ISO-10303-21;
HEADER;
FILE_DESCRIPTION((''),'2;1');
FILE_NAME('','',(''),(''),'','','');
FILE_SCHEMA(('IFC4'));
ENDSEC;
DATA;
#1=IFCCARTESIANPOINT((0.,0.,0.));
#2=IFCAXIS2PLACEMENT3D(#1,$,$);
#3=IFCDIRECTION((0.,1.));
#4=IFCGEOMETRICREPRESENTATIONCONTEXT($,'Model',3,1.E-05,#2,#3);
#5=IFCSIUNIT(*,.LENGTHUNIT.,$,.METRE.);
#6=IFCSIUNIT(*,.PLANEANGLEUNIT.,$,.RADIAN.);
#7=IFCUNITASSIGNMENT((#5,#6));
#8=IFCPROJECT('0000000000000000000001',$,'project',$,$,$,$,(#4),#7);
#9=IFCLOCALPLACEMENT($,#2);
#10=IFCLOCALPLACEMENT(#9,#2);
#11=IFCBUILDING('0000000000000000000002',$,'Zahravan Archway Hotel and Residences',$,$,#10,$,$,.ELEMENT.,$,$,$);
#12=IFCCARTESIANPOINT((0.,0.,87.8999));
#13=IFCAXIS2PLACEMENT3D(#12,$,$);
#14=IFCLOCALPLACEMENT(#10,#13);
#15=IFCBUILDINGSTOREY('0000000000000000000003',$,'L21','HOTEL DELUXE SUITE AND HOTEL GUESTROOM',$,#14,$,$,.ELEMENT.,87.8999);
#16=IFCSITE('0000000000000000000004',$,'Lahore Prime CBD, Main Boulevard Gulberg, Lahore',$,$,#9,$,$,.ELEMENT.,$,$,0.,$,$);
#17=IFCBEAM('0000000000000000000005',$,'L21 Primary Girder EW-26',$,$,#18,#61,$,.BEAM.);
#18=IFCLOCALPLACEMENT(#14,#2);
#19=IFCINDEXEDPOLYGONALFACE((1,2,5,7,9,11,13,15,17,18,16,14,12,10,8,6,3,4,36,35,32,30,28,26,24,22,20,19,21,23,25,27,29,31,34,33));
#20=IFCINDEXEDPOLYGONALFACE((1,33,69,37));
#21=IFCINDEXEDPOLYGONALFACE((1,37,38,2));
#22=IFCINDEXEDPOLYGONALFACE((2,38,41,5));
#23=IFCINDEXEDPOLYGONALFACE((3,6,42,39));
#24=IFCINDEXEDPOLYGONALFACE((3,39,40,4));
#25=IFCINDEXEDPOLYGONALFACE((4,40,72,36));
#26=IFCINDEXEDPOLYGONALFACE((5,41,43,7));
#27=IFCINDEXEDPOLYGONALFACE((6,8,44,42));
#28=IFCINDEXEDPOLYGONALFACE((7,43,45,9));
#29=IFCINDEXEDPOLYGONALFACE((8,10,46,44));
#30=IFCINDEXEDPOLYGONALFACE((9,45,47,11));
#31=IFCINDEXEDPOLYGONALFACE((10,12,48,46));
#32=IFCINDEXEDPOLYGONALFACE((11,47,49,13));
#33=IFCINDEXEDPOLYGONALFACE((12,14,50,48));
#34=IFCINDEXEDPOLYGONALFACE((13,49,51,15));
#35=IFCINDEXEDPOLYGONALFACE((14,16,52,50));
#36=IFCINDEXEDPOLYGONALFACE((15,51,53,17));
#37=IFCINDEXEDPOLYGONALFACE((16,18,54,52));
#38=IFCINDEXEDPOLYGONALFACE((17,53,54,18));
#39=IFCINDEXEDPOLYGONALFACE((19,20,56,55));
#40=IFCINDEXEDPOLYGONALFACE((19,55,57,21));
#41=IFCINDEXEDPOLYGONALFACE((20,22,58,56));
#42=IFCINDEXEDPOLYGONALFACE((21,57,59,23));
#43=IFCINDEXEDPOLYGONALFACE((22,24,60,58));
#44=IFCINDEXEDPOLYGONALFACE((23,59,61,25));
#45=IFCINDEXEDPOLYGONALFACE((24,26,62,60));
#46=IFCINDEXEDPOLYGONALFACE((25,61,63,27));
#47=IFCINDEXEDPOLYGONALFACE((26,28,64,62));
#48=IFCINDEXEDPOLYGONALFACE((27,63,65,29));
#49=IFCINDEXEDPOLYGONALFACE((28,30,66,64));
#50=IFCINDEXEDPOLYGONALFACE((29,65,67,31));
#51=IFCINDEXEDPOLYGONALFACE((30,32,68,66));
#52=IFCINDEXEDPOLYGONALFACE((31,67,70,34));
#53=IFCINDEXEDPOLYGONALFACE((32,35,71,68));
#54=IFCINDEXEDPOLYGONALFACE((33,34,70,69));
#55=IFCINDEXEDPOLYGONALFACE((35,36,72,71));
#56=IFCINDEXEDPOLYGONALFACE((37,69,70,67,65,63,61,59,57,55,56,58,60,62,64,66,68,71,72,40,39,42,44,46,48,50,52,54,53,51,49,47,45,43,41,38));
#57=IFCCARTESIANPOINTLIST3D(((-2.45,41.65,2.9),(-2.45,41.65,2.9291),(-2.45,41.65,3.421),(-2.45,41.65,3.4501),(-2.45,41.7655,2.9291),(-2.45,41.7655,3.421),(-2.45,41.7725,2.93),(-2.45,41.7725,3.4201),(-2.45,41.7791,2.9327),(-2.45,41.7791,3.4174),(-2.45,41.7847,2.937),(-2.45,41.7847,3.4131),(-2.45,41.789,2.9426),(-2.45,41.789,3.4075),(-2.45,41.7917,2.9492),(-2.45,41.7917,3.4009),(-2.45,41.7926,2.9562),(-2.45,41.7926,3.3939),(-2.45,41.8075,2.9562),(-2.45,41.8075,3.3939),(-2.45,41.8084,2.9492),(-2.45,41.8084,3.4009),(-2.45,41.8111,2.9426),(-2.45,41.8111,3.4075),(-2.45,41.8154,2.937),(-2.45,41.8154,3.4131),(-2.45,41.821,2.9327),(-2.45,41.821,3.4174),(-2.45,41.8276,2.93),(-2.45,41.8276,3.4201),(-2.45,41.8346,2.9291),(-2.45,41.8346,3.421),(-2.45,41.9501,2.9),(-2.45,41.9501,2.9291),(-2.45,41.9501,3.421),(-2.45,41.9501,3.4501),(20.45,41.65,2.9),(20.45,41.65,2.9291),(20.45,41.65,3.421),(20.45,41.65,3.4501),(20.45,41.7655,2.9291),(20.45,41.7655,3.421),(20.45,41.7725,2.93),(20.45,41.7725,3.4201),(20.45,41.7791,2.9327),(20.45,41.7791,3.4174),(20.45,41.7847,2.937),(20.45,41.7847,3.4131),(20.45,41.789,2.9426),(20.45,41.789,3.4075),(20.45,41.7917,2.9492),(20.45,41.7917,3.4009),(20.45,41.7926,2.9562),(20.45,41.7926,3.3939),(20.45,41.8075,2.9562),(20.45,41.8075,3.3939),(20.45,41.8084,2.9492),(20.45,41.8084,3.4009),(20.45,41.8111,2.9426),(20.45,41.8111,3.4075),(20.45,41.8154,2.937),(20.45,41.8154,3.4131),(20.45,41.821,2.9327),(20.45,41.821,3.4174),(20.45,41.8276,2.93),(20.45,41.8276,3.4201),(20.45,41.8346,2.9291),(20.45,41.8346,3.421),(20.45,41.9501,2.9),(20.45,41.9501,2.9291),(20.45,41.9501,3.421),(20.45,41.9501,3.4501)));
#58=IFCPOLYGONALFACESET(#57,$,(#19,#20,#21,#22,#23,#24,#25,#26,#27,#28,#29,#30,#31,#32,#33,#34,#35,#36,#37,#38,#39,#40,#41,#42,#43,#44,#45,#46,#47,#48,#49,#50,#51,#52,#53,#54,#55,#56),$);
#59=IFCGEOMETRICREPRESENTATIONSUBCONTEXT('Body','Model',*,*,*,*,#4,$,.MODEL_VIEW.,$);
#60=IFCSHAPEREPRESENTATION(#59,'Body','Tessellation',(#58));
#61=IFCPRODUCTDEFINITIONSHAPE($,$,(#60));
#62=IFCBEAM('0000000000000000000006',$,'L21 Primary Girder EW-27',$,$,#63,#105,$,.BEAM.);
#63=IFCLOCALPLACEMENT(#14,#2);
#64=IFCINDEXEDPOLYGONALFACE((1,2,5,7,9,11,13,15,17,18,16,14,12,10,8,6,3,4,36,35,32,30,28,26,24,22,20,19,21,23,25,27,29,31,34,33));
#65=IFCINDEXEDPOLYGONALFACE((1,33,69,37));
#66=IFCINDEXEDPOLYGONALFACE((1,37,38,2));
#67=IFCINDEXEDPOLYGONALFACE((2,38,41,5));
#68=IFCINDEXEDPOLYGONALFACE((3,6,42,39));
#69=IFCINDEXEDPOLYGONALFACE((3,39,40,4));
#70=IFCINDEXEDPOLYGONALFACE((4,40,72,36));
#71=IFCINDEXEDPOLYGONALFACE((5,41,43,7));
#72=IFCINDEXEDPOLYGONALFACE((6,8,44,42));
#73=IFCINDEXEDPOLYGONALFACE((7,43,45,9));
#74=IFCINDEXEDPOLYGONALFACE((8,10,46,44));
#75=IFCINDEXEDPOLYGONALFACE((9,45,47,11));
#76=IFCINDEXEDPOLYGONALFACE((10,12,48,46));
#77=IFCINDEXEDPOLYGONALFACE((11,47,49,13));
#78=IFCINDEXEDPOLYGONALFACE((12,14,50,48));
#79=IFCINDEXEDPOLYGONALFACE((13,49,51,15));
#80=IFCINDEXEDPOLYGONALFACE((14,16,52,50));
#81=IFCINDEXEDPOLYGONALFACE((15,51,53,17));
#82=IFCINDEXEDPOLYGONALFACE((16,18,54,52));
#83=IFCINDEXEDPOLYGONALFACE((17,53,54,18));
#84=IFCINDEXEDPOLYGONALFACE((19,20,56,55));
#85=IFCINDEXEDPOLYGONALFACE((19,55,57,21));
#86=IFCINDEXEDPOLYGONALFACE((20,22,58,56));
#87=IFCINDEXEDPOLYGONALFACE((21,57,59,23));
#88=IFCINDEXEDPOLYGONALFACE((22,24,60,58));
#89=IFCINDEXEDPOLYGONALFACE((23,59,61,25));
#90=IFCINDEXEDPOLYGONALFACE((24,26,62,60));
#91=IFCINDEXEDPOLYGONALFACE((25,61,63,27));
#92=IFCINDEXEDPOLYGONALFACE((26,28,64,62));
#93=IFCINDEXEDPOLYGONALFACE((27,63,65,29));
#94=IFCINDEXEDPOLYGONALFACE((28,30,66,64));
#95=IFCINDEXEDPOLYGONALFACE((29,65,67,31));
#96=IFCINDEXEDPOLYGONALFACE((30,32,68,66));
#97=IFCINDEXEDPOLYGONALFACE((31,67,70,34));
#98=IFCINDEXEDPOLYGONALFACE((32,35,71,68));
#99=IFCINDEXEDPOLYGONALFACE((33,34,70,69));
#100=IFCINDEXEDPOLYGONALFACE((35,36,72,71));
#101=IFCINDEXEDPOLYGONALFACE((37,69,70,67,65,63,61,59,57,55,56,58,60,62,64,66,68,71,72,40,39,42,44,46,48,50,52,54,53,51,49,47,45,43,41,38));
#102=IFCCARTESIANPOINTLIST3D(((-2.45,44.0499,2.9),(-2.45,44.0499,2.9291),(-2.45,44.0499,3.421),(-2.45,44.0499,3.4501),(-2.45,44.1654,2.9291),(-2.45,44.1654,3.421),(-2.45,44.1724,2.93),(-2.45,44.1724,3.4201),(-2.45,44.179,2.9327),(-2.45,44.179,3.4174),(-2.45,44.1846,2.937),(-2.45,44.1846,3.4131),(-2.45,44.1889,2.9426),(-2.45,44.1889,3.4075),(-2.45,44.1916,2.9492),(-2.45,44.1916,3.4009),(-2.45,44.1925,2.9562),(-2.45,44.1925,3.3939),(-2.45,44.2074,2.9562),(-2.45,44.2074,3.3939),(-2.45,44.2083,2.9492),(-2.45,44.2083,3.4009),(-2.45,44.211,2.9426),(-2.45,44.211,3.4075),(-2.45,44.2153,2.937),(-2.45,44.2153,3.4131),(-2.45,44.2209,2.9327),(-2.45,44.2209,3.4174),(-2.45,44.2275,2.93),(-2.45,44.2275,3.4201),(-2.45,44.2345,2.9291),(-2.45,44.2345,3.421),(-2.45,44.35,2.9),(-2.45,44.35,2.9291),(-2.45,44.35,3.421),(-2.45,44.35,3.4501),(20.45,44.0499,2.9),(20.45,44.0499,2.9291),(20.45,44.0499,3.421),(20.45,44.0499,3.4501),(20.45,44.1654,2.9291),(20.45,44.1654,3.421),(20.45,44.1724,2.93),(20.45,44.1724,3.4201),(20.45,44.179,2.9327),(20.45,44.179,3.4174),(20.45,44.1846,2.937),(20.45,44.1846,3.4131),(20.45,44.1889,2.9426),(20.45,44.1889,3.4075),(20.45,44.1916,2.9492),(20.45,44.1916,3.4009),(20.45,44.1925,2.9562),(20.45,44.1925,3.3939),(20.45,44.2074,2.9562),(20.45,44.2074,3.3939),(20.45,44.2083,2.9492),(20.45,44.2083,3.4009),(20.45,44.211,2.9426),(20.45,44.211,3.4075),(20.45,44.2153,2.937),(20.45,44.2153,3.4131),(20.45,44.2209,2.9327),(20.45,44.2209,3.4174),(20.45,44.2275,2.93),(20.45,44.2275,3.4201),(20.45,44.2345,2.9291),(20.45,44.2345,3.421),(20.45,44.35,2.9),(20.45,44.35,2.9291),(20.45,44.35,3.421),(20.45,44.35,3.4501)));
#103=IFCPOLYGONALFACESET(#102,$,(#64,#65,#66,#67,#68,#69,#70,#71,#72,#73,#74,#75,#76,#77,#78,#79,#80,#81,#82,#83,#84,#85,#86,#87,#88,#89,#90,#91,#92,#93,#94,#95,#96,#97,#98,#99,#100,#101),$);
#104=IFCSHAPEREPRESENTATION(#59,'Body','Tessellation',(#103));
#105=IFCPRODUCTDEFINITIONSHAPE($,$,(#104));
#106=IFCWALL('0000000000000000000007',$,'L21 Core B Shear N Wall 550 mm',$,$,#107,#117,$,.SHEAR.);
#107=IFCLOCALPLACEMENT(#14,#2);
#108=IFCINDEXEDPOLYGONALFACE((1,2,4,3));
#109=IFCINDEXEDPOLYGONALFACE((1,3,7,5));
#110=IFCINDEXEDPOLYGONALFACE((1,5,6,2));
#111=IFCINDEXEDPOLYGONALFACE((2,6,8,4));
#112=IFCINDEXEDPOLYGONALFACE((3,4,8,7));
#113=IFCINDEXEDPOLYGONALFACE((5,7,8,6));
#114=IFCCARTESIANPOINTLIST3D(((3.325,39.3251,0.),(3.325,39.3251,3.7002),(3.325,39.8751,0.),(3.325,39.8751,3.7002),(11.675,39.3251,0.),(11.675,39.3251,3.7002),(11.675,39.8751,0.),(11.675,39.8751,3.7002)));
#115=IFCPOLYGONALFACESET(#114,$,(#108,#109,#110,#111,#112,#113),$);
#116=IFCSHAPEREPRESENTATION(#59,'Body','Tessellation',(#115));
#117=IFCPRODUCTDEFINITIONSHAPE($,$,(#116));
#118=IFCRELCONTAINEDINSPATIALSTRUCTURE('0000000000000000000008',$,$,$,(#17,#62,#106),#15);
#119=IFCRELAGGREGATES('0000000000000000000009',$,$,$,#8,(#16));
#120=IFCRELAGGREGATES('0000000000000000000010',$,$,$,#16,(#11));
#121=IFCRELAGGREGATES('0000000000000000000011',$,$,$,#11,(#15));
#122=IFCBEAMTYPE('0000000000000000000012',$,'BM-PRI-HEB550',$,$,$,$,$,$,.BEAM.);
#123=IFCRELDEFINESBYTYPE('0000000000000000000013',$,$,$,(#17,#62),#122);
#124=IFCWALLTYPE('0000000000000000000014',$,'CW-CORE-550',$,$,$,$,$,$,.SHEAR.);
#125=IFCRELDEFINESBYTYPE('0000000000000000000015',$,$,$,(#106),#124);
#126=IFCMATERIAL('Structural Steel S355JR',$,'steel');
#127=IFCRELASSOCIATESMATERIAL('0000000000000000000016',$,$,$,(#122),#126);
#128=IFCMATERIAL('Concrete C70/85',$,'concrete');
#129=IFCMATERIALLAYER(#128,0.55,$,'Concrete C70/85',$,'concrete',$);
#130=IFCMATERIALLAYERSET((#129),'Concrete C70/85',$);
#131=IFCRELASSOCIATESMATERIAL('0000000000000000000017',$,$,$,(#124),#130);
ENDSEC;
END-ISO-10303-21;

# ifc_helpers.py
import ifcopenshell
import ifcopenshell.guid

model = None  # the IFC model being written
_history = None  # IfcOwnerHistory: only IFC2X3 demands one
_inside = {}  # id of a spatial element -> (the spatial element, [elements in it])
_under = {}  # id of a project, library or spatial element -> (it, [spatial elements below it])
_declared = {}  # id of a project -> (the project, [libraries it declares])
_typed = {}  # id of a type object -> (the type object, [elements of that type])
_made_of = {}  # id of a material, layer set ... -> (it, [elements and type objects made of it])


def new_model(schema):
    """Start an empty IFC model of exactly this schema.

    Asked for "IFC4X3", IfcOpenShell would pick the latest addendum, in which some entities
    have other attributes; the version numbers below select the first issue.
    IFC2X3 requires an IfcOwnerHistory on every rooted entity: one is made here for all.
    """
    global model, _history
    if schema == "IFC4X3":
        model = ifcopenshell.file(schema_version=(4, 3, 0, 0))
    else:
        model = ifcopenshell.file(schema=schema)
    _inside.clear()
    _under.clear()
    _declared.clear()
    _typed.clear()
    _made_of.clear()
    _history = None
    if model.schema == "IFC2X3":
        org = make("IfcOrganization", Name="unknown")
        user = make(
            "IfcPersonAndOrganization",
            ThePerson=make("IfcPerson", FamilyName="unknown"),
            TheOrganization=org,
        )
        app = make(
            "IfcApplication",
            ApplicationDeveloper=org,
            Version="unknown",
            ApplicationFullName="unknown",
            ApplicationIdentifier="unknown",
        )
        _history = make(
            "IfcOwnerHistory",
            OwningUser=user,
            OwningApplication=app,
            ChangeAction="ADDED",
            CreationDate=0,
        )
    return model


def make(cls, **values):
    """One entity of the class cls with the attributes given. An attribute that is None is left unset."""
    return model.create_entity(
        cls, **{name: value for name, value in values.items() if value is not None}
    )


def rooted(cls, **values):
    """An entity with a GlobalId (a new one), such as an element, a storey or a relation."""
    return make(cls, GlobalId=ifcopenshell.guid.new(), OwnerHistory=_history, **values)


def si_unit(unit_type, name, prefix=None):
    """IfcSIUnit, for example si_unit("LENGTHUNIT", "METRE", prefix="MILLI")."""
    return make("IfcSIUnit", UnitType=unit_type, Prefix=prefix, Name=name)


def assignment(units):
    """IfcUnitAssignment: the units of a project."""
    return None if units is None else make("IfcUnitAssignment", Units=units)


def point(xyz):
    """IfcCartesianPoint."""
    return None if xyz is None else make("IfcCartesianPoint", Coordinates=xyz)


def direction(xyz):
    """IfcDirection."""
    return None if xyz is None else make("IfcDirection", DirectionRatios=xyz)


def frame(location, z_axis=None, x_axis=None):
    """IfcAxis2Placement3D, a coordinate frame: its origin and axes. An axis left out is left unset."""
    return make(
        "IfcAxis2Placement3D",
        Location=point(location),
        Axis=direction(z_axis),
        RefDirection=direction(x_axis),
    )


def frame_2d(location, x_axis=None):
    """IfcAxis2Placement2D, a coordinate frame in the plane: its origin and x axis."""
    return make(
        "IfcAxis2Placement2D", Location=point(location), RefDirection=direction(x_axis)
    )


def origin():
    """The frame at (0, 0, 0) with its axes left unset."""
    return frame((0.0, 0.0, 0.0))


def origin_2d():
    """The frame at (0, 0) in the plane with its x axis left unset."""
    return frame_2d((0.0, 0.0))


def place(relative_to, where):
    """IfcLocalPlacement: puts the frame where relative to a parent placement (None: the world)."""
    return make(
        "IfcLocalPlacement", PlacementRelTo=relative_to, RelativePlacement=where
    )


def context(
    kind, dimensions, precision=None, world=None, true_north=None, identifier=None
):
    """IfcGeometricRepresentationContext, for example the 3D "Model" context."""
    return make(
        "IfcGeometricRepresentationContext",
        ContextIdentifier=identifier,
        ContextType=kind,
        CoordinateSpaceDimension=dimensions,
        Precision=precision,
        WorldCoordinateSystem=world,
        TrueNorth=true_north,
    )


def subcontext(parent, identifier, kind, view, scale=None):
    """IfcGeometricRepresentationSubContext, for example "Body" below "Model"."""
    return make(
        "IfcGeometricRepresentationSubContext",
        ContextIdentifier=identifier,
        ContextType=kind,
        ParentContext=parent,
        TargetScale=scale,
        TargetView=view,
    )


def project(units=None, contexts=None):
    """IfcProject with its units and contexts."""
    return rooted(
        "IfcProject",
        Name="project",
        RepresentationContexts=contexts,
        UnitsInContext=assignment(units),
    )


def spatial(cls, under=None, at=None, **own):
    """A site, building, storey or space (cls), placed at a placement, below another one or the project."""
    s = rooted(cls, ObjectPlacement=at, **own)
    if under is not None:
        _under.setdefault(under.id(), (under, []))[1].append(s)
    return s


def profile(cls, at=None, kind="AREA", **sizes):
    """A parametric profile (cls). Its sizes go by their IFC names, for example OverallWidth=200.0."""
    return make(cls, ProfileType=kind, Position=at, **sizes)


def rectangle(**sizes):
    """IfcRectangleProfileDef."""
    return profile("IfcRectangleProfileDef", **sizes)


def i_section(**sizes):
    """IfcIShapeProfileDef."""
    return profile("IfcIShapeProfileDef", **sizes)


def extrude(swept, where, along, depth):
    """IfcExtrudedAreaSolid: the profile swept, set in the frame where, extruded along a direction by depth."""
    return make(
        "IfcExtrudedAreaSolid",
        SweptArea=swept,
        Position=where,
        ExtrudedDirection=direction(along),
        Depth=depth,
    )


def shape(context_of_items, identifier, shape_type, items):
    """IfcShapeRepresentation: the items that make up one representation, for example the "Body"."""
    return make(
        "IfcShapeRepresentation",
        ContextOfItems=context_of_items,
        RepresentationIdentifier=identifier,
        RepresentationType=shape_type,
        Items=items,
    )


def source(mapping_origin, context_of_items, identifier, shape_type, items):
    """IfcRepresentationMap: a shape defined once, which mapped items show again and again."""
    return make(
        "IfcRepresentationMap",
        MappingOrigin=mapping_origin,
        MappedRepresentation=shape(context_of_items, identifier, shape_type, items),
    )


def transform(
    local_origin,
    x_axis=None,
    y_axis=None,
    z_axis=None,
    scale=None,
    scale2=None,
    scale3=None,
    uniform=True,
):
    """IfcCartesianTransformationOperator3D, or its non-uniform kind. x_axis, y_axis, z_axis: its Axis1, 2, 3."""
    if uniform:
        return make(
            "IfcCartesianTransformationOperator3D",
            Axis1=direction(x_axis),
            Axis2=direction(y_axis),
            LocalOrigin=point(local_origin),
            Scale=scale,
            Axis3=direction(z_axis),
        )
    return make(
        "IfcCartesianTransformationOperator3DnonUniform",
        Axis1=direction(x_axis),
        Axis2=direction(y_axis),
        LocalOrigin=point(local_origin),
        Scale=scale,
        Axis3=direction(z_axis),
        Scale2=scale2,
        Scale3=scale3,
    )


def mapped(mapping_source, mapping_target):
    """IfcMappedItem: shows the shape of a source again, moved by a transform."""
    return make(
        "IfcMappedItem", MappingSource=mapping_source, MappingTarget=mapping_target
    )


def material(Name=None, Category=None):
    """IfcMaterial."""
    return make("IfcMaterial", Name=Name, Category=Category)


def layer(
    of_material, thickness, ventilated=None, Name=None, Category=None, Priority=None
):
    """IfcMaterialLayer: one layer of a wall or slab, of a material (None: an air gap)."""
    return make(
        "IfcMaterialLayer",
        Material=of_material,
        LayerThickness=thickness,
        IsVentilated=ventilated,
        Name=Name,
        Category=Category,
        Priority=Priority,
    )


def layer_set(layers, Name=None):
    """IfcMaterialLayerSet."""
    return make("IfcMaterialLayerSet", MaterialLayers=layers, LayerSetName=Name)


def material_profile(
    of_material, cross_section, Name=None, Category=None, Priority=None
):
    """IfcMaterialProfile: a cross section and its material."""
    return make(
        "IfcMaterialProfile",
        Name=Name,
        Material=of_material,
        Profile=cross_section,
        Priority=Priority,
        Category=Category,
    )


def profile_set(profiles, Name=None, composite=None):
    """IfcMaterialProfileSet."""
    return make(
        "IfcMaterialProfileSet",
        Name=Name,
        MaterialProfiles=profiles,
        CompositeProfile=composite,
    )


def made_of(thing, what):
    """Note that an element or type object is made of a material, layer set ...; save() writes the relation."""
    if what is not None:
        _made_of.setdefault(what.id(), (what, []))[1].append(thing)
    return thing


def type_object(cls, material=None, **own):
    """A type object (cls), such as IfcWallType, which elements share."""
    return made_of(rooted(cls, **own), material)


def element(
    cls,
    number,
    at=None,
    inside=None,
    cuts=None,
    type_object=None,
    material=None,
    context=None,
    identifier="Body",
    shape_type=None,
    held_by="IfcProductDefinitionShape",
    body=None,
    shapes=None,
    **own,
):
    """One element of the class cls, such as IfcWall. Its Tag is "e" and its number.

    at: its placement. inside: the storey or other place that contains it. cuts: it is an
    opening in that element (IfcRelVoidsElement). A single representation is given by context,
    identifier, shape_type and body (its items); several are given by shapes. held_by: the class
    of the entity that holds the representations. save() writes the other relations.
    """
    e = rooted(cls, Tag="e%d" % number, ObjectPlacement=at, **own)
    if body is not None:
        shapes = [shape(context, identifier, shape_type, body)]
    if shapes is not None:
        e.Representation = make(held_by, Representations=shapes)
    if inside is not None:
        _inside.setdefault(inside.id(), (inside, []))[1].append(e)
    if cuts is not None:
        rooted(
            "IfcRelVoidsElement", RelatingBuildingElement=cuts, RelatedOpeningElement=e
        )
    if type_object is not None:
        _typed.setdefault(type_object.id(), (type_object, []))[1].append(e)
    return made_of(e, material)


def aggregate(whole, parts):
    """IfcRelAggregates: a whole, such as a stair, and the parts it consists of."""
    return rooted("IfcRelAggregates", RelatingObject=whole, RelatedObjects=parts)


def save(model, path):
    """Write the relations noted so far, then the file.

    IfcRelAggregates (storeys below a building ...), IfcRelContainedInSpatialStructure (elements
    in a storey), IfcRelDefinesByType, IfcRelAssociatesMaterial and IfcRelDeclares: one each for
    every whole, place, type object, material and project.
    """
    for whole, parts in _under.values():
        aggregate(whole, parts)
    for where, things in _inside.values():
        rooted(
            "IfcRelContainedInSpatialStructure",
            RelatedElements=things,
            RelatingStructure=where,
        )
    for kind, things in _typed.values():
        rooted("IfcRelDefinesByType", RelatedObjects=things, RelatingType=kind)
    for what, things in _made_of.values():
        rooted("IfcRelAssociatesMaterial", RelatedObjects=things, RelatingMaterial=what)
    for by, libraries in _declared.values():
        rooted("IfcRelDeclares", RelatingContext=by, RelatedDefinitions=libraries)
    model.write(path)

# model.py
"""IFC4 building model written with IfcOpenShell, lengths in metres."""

from ifc_helpers import new_model, si_unit, direction, frame, frame_2d, origin, origin_2d, place, context, subcontext, project, spatial, rectangle, i_section, extrude, source, transform, mapped, material, layer, layer_set, material_profile, profile_set, type_object, element, save


model = new_model("IFC4")

# Units and contexts
model_context = context("Model", 3, precision=1e-05, world=origin(), true_north=direction((0.0, 1.0)))
body_context = subcontext(model_context, "Body", "Model", "MODEL_VIEW")
ifc_project = project(units=[si_unit("LENGTHUNIT", "METRE"), si_unit("PLANEANGLEUNIT", "RADIAN")], contexts=[model_context])

# Site, building, storey
site_placement = place(None, origin())
site = spatial("IfcSite", under=ifc_project, at=site_placement, Name="Lahore Prime CBD, Main Boulevard Gulberg, Lahore", CompositionType="ELEMENT", RefElevation=0.0)
building_placement = place(site_placement, origin())
building = spatial("IfcBuilding", under=site, at=building_placement, Name="Zahravan Archway Hotel and Residences", CompositionType="ELEMENT")
storey_placement = place(building_placement, frame((0.0, 0.0, 87.8999)))
storey = spatial("IfcBuildingStorey", under=building, at=storey_placement, Name="L21", Description="HOTEL DELUXE SUITE AND HOTEL GUESTROOM", CompositionType="ELEMENT", Elevation=87.8999)

# Shared definitions
ifc_material_1 = material(Name="Concrete C70/85", Category="concrete")

# Beams
ifc_material_2 = material(Name="Structural Steel S355JR", Category="steel")
ifc_material_profile_1 = material_profile(ifc_material_2, i_section(OverallWidth=0.3, OverallDepth=0.55, WebThickness=0.0149, FlangeThickness=0.0291, FilletRadius=0.0271, at=origin_2d()), Name="HEB 550", Category="steel")
ifc_profile_set_1 = profile_set([ifc_material_profile_1], Name="Structural Steel S355JR")
beam_type_1 = type_object("IfcBeamType", Name="BM-PRI-HEB550", PredefinedType="BEAM", material=ifc_profile_set_1)
shared_shape_1 = source(origin(), body_context, "Body", "SweptSolid", [
    extrude(i_section(OverallWidth=0.3, OverallDepth=0.55, WebThickness=0.0149, FlangeThickness=0.0291, FilletRadius=0.0271, at=origin_2d()), origin(), (0.0, 0.0, 1.0), 22.8999),
])
for number, where, z_axis, x_axis, name in (
    (1, (-2.45, 41.8, 3.175), (1.0, 0.0, 0.0), (0.0, 1.0, 0.0), "L21 Primary Girder EW-26"),
    (2, (-2.45, 44.2, 3.175), (1.0, 0.0, 0.0), (0.0, 1.0, 0.0), "L21 Primary Girder EW-27"),
):
    element("IfcBeam", number, at=place(storey_placement, frame(where, z_axis=z_axis, x_axis=x_axis)), inside=storey, type_object=beam_type_1, Name=name, PredefinedType="BEAM", context=body_context, shape_type="MappedRepresentation", body=[
        mapped(shared_shape_1, transform((0.0, 0.0, 0.0), scale=1.0)),
    ])

# Wall
ifc_layer_1 = layer(ifc_material_1, 0.55, Name="Concrete C70/85", Category="concrete")
ifc_layer_set_1 = layer_set([ifc_layer_1], Name="Concrete C70/85")
wall_type_1 = type_object("IfcWallType", Name="CW-CORE-550", PredefinedType="SHEAR", material=ifc_layer_set_1)
wall_1_placement = place(storey_placement, frame((3.325, 39.6001, 0.0), z_axis=(0.0, 0.0, 1.0), x_axis=(1.0, 0.0, 0.0)))
element("IfcWall", 3, at=wall_1_placement, inside=storey, type_object=wall_type_1, Name="L21 Core B Shear N Wall 550 mm", PredefinedType="SHEAR", context=body_context, shape_type="SweptSolid", body=[
    extrude(rectangle(XDim=8.3501, YDim=0.55, at=frame_2d((4.175, 0.0))), origin(), (0.0, 0.0, 1.0), 3.7002),
])

save(model, "model.ifc")
